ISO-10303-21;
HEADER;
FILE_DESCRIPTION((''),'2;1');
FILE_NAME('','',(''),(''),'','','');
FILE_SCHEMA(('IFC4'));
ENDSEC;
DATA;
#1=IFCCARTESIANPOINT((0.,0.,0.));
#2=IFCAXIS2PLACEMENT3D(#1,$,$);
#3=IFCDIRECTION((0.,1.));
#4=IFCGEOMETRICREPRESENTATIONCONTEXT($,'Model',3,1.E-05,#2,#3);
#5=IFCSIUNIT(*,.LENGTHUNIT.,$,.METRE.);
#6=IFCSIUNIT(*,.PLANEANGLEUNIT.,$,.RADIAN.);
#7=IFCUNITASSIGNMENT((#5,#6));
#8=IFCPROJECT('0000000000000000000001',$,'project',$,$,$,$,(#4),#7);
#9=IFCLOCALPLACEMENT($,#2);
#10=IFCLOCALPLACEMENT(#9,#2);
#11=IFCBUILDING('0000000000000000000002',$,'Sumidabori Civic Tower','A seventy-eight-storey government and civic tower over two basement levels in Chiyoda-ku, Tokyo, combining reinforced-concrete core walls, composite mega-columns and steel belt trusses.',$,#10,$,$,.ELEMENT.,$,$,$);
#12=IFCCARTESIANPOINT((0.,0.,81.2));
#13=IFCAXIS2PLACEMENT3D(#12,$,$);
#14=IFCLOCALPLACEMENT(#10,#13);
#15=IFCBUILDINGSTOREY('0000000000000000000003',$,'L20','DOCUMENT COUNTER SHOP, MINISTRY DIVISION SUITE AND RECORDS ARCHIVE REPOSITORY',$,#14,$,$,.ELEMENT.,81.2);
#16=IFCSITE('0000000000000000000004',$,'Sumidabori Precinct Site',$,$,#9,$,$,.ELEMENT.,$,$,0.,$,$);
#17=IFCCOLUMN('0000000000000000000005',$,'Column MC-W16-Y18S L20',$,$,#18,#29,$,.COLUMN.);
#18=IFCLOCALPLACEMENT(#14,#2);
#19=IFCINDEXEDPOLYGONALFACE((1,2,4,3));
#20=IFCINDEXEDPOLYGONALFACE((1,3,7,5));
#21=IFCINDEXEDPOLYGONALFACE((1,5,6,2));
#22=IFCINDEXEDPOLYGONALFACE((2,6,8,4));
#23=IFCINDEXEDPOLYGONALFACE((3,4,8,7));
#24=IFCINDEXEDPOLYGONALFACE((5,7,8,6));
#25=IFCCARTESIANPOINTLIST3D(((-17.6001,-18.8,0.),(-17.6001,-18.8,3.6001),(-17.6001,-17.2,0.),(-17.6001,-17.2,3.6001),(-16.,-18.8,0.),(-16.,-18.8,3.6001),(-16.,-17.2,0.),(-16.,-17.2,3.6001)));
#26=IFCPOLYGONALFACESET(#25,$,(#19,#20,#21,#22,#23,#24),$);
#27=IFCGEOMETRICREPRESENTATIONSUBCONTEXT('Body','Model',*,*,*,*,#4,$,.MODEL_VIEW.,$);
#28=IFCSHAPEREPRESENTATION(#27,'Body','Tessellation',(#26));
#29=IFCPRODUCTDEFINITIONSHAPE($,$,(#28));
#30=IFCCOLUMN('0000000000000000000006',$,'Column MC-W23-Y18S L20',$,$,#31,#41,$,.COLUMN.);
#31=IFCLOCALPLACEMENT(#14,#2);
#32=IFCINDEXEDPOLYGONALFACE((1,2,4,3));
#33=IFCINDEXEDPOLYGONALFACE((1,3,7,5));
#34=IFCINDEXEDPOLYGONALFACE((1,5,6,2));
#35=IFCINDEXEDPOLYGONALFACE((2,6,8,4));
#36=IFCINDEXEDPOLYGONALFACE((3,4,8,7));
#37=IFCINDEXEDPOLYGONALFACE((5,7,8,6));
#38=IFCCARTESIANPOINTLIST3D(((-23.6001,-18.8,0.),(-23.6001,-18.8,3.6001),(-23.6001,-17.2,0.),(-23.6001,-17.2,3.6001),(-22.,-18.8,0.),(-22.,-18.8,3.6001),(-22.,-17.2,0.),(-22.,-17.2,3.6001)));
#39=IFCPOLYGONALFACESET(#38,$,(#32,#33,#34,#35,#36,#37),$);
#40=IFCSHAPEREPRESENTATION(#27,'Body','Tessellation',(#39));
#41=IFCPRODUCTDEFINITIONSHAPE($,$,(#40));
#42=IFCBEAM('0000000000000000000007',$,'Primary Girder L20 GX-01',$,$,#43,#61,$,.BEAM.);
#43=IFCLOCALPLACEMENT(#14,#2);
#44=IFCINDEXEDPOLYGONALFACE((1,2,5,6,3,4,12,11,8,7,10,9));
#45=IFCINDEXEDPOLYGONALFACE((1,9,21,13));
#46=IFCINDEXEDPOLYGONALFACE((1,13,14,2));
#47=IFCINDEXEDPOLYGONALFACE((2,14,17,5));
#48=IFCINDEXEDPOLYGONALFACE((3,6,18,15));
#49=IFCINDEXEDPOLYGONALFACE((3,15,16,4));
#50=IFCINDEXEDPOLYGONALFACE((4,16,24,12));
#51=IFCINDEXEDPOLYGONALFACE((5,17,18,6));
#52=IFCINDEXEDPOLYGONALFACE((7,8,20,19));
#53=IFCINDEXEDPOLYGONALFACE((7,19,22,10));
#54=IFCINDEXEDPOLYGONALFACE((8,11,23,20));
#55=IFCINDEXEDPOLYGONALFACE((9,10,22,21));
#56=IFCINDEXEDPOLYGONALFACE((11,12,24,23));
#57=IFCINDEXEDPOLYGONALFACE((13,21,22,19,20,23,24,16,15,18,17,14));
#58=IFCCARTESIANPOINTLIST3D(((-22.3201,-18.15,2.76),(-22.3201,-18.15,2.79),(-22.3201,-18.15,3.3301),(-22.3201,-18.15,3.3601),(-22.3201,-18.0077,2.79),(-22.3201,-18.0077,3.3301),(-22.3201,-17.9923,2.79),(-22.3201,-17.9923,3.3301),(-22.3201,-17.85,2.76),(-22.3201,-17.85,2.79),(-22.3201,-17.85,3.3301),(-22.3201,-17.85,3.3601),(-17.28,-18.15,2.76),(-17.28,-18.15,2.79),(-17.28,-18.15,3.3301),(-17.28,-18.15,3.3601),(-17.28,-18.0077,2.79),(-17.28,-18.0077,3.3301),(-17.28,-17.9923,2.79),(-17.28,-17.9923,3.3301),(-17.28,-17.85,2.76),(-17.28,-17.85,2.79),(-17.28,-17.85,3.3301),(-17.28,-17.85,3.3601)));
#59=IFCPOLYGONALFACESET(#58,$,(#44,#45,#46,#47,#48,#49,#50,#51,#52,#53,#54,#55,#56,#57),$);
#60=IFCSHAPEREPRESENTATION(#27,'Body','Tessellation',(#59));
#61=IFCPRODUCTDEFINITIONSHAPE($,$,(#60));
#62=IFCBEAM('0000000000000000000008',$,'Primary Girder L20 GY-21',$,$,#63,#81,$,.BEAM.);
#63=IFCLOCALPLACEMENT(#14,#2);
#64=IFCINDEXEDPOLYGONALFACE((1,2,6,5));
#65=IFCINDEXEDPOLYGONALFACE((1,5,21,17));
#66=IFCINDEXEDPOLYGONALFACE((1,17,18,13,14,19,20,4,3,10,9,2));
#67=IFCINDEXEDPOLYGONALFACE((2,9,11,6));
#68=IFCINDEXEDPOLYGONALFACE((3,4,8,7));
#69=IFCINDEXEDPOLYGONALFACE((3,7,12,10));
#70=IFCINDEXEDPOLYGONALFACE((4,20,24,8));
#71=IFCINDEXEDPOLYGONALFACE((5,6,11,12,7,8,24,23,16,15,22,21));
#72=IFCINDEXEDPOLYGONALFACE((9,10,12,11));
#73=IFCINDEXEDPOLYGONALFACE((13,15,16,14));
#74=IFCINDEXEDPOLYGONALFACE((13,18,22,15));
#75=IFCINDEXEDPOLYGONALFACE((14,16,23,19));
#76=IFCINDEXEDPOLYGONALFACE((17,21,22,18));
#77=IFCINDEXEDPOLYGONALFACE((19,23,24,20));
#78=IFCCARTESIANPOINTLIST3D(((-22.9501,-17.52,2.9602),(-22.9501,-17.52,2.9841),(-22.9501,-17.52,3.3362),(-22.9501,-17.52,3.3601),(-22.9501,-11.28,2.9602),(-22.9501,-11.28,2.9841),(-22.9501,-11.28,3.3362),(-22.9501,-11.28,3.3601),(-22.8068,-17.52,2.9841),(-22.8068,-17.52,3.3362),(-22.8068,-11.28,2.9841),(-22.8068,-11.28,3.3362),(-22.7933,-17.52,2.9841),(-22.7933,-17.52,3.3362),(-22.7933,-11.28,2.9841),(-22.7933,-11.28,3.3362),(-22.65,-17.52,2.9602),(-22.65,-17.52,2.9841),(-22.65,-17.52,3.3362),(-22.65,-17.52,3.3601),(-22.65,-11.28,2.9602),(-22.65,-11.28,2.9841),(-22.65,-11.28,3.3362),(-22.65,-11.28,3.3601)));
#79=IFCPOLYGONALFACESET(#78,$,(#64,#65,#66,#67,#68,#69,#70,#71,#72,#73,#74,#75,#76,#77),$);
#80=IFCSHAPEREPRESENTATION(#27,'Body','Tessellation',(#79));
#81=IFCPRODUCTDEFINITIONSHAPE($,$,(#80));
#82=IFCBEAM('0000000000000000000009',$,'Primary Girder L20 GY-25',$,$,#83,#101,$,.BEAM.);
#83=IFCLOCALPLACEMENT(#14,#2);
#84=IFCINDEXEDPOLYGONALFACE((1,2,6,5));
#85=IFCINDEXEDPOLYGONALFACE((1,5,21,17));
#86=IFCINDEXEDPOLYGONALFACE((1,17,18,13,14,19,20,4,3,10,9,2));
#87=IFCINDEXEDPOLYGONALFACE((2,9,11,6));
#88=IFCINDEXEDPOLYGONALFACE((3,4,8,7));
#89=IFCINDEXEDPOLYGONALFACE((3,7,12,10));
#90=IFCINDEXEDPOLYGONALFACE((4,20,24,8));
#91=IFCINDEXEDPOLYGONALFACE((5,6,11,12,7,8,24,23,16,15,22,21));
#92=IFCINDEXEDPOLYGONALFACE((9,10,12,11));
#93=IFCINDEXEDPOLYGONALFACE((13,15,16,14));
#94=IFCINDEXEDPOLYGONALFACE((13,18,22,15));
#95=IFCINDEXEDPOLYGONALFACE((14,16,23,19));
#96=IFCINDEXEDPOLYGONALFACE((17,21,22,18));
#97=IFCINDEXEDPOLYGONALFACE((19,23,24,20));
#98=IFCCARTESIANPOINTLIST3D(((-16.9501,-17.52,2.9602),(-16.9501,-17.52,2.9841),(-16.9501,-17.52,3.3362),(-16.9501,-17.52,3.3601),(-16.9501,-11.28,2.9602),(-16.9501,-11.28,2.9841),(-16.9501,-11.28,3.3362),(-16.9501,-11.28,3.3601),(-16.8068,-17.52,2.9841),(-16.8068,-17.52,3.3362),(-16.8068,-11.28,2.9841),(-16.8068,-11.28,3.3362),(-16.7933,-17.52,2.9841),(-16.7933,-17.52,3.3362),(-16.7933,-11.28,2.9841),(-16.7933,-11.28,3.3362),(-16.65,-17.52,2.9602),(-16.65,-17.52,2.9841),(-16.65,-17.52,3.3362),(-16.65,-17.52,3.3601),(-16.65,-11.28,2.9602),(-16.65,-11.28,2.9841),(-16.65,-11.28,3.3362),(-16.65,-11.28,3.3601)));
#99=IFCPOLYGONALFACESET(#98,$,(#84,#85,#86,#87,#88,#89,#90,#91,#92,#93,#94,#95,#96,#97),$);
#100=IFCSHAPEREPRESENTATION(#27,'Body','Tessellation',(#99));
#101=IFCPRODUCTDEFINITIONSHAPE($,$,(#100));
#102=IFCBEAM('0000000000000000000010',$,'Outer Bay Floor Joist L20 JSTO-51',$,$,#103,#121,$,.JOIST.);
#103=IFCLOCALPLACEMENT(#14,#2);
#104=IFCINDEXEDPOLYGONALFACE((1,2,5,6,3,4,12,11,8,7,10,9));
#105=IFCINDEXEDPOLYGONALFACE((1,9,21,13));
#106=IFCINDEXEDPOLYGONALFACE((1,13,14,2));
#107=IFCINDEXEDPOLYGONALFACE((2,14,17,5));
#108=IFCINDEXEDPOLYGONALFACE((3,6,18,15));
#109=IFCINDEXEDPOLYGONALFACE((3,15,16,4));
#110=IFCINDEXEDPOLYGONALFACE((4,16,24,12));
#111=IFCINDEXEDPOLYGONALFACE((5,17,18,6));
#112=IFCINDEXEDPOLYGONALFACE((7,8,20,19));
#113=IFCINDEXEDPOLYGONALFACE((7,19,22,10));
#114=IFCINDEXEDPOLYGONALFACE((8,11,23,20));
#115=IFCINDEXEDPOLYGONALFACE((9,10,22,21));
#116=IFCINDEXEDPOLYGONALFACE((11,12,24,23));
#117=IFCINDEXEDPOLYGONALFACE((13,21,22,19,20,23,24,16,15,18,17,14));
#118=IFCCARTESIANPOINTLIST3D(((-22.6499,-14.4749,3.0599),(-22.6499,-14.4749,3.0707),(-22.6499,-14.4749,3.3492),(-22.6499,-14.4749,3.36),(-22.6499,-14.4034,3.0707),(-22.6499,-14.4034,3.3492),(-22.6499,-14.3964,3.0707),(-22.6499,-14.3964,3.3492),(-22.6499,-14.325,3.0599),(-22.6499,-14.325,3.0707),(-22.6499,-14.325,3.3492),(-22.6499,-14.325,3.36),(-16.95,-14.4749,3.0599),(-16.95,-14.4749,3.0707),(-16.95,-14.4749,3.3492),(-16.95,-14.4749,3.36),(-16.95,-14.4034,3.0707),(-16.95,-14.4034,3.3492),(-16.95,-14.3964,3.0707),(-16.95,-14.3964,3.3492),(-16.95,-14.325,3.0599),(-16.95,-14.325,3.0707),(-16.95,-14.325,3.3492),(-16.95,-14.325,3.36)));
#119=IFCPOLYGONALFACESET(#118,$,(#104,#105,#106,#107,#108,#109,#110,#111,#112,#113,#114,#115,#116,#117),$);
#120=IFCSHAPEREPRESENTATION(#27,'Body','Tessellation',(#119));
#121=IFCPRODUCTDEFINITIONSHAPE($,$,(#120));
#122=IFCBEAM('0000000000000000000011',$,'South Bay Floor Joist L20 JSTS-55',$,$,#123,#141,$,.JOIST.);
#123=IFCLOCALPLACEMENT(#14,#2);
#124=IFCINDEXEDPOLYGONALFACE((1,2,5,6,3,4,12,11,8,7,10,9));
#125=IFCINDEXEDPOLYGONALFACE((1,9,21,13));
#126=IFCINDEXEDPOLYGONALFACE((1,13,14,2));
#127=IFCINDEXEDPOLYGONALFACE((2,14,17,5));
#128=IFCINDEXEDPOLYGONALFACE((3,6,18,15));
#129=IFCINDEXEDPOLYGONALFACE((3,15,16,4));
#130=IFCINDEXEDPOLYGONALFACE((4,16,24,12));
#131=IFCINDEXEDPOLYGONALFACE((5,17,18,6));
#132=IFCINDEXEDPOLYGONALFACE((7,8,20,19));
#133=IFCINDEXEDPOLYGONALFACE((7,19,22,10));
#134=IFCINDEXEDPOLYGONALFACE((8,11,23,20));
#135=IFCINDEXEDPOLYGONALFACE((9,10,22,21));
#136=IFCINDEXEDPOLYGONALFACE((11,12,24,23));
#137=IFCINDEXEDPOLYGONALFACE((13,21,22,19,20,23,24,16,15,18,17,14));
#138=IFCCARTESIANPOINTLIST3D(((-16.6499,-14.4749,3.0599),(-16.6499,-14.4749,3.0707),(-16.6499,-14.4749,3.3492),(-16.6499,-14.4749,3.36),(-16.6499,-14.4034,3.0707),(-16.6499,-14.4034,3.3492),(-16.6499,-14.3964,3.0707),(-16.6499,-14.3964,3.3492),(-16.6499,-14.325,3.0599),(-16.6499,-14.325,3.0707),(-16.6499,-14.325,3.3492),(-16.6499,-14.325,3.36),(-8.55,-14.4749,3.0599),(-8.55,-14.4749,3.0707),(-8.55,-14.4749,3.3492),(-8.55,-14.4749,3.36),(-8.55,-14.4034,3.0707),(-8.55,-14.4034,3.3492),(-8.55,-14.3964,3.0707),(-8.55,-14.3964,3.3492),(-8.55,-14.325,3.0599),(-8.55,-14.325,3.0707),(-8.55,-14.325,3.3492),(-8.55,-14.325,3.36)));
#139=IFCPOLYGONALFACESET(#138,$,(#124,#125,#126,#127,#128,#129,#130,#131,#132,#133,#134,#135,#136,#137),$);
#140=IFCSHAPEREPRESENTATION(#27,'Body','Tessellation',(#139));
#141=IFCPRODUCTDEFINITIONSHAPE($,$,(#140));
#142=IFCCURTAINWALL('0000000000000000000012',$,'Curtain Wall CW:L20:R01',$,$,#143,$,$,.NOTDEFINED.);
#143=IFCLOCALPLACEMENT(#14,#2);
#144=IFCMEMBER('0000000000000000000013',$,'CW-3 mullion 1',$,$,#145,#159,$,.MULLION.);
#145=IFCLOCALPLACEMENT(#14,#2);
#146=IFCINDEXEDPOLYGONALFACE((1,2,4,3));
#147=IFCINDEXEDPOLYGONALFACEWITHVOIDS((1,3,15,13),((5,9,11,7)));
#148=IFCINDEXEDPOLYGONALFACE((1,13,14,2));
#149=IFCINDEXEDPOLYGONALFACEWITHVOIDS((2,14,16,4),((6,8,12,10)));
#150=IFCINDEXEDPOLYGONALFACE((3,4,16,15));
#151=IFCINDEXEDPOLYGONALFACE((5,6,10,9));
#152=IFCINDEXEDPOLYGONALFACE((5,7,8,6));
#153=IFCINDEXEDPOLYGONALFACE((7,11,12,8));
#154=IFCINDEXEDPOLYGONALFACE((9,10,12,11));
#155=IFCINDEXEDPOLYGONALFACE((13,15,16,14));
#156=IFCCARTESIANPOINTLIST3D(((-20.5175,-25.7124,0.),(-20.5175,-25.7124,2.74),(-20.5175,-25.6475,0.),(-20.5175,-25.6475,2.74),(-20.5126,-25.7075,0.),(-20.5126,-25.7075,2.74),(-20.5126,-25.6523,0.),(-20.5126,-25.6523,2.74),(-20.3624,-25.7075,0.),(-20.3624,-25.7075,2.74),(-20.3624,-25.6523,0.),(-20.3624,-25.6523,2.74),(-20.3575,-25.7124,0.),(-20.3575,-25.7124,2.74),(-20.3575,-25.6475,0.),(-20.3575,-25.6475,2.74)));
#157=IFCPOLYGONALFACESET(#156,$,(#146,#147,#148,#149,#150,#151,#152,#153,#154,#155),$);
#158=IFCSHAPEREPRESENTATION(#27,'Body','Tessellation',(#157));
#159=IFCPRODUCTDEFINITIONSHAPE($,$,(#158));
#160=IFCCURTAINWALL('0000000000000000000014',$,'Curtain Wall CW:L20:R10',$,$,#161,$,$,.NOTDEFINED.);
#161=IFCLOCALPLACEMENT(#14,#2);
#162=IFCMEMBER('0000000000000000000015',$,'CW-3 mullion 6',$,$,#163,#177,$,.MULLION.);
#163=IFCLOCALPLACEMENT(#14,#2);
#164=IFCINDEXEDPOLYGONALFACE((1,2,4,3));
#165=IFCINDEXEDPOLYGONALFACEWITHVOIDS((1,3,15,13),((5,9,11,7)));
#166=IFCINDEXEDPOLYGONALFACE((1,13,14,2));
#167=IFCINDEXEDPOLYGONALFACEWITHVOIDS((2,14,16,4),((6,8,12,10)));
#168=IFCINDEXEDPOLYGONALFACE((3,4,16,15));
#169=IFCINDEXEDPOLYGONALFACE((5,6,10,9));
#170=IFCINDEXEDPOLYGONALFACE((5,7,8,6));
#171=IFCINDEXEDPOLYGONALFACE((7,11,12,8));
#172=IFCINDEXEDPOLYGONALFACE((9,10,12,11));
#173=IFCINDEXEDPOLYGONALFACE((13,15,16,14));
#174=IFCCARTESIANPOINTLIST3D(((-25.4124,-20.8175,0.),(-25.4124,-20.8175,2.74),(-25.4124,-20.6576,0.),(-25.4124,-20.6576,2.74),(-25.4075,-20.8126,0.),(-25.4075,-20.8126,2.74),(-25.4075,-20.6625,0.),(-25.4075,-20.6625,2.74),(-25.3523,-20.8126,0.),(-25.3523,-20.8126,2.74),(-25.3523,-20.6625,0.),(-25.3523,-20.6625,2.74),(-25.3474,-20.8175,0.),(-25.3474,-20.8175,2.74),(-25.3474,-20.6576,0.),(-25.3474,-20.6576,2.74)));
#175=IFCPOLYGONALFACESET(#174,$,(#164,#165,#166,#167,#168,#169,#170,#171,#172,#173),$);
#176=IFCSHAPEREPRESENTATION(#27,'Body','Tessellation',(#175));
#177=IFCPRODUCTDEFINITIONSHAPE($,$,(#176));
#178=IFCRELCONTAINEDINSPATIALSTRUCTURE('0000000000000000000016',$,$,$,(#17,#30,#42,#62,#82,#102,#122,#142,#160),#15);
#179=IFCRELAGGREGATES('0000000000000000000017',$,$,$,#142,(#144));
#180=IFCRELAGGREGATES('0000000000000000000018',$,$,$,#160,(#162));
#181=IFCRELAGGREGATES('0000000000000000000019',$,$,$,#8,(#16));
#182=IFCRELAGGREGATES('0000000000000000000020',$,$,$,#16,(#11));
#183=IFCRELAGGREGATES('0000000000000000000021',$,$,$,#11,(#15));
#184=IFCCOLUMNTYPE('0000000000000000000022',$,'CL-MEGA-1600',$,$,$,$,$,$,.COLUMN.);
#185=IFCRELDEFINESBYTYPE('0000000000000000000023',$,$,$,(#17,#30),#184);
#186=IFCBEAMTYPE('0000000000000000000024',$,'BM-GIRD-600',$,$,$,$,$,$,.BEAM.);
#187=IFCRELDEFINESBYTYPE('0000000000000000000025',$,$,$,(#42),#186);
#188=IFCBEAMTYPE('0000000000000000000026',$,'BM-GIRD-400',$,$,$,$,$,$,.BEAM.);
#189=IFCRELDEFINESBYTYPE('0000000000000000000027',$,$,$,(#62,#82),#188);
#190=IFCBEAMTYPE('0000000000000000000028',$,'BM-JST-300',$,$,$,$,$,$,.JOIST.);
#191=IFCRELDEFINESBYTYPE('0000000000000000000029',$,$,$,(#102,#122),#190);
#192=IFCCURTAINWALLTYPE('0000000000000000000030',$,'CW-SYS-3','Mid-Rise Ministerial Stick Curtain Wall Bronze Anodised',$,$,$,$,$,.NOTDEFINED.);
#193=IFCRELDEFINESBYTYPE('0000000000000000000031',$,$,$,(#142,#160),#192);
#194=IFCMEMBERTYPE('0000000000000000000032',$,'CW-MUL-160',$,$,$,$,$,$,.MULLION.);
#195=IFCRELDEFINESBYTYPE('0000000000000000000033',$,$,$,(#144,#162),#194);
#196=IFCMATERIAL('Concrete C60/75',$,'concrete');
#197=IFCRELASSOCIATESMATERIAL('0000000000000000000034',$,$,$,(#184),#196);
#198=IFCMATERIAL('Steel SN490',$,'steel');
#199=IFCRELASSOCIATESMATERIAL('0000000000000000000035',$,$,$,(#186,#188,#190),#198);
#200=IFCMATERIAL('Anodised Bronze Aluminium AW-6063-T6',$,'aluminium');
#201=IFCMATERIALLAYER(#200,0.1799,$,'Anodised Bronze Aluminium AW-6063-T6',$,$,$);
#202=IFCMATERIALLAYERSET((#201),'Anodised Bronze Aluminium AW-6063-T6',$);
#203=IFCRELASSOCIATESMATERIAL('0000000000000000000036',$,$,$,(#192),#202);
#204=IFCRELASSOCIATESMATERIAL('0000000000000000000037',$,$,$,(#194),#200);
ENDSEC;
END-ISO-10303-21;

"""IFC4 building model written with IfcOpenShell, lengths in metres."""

from ifc_helpers import new_model, si_unit, direction, frame, origin, origin_2d, place, context, subcontext, project, spatial, rectangle, hollow_rectangle, i_section, extrude, source, transform, mapped, material, layer, layer_set, material_profile, profile_set, type_object, element, aggregate, save


model = new_model("IFC4")

# Units and contexts
model_context = context("Model", 3, precision=1e-05, world=origin(), true_north=direction((0.0, 1.0)))
body_context = subcontext(model_context, "Body", "Model", "MODEL_VIEW")
ifc_project = project(units=[si_unit("LENGTHUNIT", "METRE"), si_unit("PLANEANGLEUNIT", "RADIAN")], contexts=[model_context])

# Site, building, storey
site_placement = place(None, origin())
site = spatial("IfcSite", under=ifc_project, at=site_placement, Name="Sumidabori Precinct Site", CompositionType="ELEMENT", RefElevation=0.0)
building_placement = place(site_placement, origin())
building = spatial("IfcBuilding", under=site, at=building_placement, Name="Sumidabori Civic Tower", Description="A seventy-eight-storey government and civic tower over two basement levels in Chiyoda-ku, Tokyo, combining reinforced-concrete core walls, composite mega-columns and steel belt trusses.", CompositionType="ELEMENT")
storey_placement = place(building_placement, frame((0.0, 0.0, 81.2)))
storey = spatial("IfcBuildingStorey", under=building, at=storey_placement, Name="L20", Description="DOCUMENT COUNTER SHOP, MINISTRY DIVISION SUITE AND RECORDS ARCHIVE REPOSITORY", CompositionType="ELEMENT", Elevation=81.2)

# Columns
ifc_material_1 = material(Name="Concrete C60/75", Category="concrete")
ifc_material_profile_1 = material_profile(ifc_material_1, rectangle(XDim=1.6001, YDim=1.6001, at=origin_2d()), Name="RC 1600x1600")
ifc_profile_set_1 = profile_set([ifc_material_profile_1], Name="Concrete C60/75")
column_type = type_object("IfcColumnType", Name="CL-MEGA-1600", PredefinedType="COLUMN", material=ifc_profile_set_1)
shared_shape_1 = source(origin(), body_context, "Body", "SweptSolid", [
    extrude(rectangle(XDim=1.6001, YDim=1.6001, at=origin_2d()), origin(), (0.0, 0.0, 1.0), 3.6001),
])
for number, where, z_axis, x_axis, name in (
    (1, (-16.8, -18.0, 0.0), (0.0, 0.0, 1.0), (1.0, 0.0, 0.0), "Column MC-W16-Y18S L20"),
    (2, (-22.8, -18.0, 0.0), (0.0, 0.0, 1.0), (1.0, 0.0, 0.0), "Column MC-W23-Y18S L20"),
):
    element("IfcColumn", number, at=place(storey_placement, frame(where, z_axis=z_axis, x_axis=x_axis)), inside=storey, type_object=column_type, Name=name, PredefinedType="COLUMN", context=body_context, shape_type="MappedRepresentation", body=[
        mapped(shared_shape_1, transform((0.0, 0.0, 0.0), x_axis=(1.0, 0.0, 0.0), y_axis=(0.0, 1.0, 0.0), z_axis=(0.0, 0.0, 1.0), scale=1.0)),
    ])

# Beams
ifc_material_2 = material(Name="Steel SN490", Category="steel")
ifc_material_profile_2 = material_profile(ifc_material_2, i_section(OverallWidth=0.3, OverallDepth=0.6001, WebThickness=0.0154, FlangeThickness=0.03, at=origin_2d()), Name="HE 600 B")
ifc_profile_set_2 = profile_set([ifc_material_profile_2], Name="Steel SN490")
beam_type_1 = type_object("IfcBeamType", Name="BM-GIRD-600", PredefinedType="BEAM", material=ifc_profile_set_2)
shared_shape_2 = source(origin(), body_context, "Body", "SweptSolid", [
    extrude(i_section(OverallWidth=0.3, OverallDepth=0.6001, WebThickness=0.0154, FlangeThickness=0.03, at=origin_2d()), origin(), (0.0, 0.0, 1.0), 5.04),
])
beam_1_placement = place(storey_placement, frame((-22.3201, -18.0, 3.0601), z_axis=(1.0, 0.0, 0.0), x_axis=(0.0, 1.0, 0.0)))
element("IfcBeam", 3, at=beam_1_placement, inside=storey, type_object=beam_type_1, Name="Primary Girder L20 GX-01", PredefinedType="BEAM", context=body_context, shape_type="MappedRepresentation", body=[
    mapped(shared_shape_2, transform((0.0, 0.0, 0.0), x_axis=(1.0, 0.0, 0.0), y_axis=(0.0, 1.0, 0.0), z_axis=(0.0, 0.0, 1.0), scale=1.0)),
])
ifc_material_profile_3 = material_profile(ifc_material_2, i_section(OverallWidth=0.3, OverallDepth=0.3999, WebThickness=0.0134, FlangeThickness=0.0239, at=origin_2d()), Name="HE 400 B")
ifc_profile_set_3 = profile_set([ifc_material_profile_3], Name="Steel SN490")
beam_type_2 = type_object("IfcBeamType", Name="BM-GIRD-400", PredefinedType="BEAM", material=ifc_profile_set_3)
shared_shape_3 = source(origin(), body_context, "Body", "SweptSolid", [
    extrude(i_section(OverallWidth=0.3, OverallDepth=0.3999, WebThickness=0.0134, FlangeThickness=0.0239, at=origin_2d()), origin(), (0.0, 0.0, 1.0), 6.24),
])
for number, where, z_axis, x_axis, name in (
    (4, (-22.8, -17.52, 3.1602), (0.0, 1.0, 0.0), (-1.0, 0.0, 0.0), "Primary Girder L20 GY-21"),
    (5, (-16.8, -17.52, 3.1602), (0.0, 1.0, 0.0), (-1.0, 0.0, 0.0), "Primary Girder L20 GY-25"),
):
    element("IfcBeam", number, at=place(storey_placement, frame(where, z_axis=z_axis, x_axis=x_axis)), inside=storey, type_object=beam_type_2, Name=name, PredefinedType="BEAM", context=body_context, shape_type="MappedRepresentation", body=[
        mapped(shared_shape_3, transform((0.0, 0.0, 0.0), x_axis=(1.0, 0.0, 0.0), y_axis=(0.0, 1.0, 0.0), z_axis=(0.0, 0.0, 1.0), scale=1.0)),
    ])
ifc_material_profile_4 = material_profile(ifc_material_2, i_section(OverallWidth=0.1499, OverallDepth=0.3, WebThickness=0.0071, FlangeThickness=0.0107, at=origin_2d()), Name="IPE 300")
ifc_profile_set_4 = profile_set([ifc_material_profile_4], Name="Steel SN490")
beam_type_3 = type_object("IfcBeamType", Name="BM-JST-300", PredefinedType="JOIST", material=ifc_profile_set_4)
shared_shape_4 = source(origin(), body_context, "Body", "SweptSolid", [
    extrude(i_section(OverallWidth=0.1499, OverallDepth=0.3, WebThickness=0.0071, FlangeThickness=0.0107, at=origin_2d()), origin(), (0.0, 0.0, 1.0), 5.7),
])
beam_2_placement = place(storey_placement, frame((-22.6499, -14.3999, 3.21), z_axis=(1.0, 0.0, 0.0), x_axis=(0.0, 1.0, 0.0)))
element("IfcBeam", 6, at=beam_2_placement, inside=storey, type_object=beam_type_3, Name="Outer Bay Floor Joist L20 JSTO-51", PredefinedType="JOIST", context=body_context, shape_type="MappedRepresentation", body=[
    mapped(shared_shape_4, transform((0.0, 0.0, 0.0), x_axis=(1.0, 0.0, 0.0), y_axis=(0.0, 1.0, 0.0), z_axis=(0.0, 0.0, 1.0), scale=1.0)),
])
shared_shape_5 = source(origin(), body_context, "Body", "SweptSolid", [
    extrude(i_section(OverallWidth=0.1499, OverallDepth=0.3, WebThickness=0.0071, FlangeThickness=0.0107, at=origin_2d()), origin(), (0.0, 0.0, 1.0), 8.0999),
])
beam_3_placement = place(storey_placement, frame((-16.6499, -14.3999, 3.21), z_axis=(1.0, 0.0, 0.0), x_axis=(0.0, 1.0, 0.0)))
element("IfcBeam", 7, at=beam_3_placement, inside=storey, type_object=beam_type_3, Name="South Bay Floor Joist L20 JSTS-55", PredefinedType="JOIST", context=body_context, shape_type="MappedRepresentation", body=[
    mapped(shared_shape_5, transform((0.0, 0.0, 0.0), x_axis=(1.0, 0.0, 0.0), y_axis=(0.0, 1.0, 0.0), z_axis=(0.0, 0.0, 1.0), scale=1.0)),
])

# Curtain walls, members
ifc_material_3 = material(Name="Anodised Bronze Aluminium AW-6063-T6", Category="aluminium")
ifc_layer_1 = layer(ifc_material_3, 0.1799, Name="Anodised Bronze Aluminium AW-6063-T6")
ifc_layer_set_1 = layer_set([ifc_layer_1], Name="Anodised Bronze Aluminium AW-6063-T6")
curtain_wall_type = type_object("IfcCurtainWallType", Name="CW-SYS-3", Description="Mid-Rise Ministerial Stick Curtain Wall Bronze Anodised", PredefinedType="NOTDEFINED", material=ifc_layer_set_1)
curtain_wall_1_placement = place(storey_placement, origin())
curtain_wall_1 = element("IfcCurtainWall", 8, at=curtain_wall_1_placement, inside=storey, type_object=curtain_wall_type, Name="Curtain Wall CW:L20:R01", PredefinedType="NOTDEFINED")
ifc_material_profile_5 = material_profile(ifc_material_3, hollow_rectangle(XDim=0.0649, YDim=0.1599, WallThickness=0.0049, at=origin_2d()), Name="ALU MULLION 160x65")
ifc_profile_set_5 = profile_set([ifc_material_profile_5], Name="Anodised Bronze Aluminium AW-6063-T6")
member_type_1 = type_object("IfcMemberType", Name="CW-MUL-160", PredefinedType="MULLION", material=ifc_profile_set_5)
shared_shape_6 = source(origin(), body_context, "Body", "SweptSolid", [
    extrude(hollow_rectangle(XDim=0.0649, YDim=0.1599, WallThickness=0.0049, at=origin_2d()), origin(), (0.0, 0.0, 1.0), 2.74),
])
member_1_placement = place(storey_placement, frame((-20.4375, -25.6799, 0.0), z_axis=(0.0, 0.0, 1.0), x_axis=(0.0, 1.0, 0.0)))
member_1 = element("IfcMember", 9, at=member_1_placement, type_object=member_type_1, Name="CW-3 mullion 1", PredefinedType="MULLION", context=body_context, shape_type="MappedRepresentation", body=[
    mapped(shared_shape_6, transform((0.0, 0.0, 0.0), x_axis=(1.0, 0.0, 0.0), y_axis=(0.0, 1.0, 0.0), z_axis=(0.0, 0.0, 1.0), scale=1.0)),
])
curtain_wall_2_placement = place(storey_placement, origin())
curtain_wall_2 = element("IfcCurtainWall", 10, at=curtain_wall_2_placement, inside=storey, type_object=curtain_wall_type, Name="Curtain Wall CW:L20:R10", PredefinedType="NOTDEFINED")
member_2_placement = place(storey_placement, frame((-25.3799, -20.7375, 0.0), z_axis=(0.0, 0.0, 1.0), x_axis=(1.0, 0.0, 0.0)))
member_2 = element("IfcMember", 11, at=member_2_placement, type_object=member_type_1, Name="CW-3 mullion 6", PredefinedType="MULLION", context=body_context, shape_type="MappedRepresentation", body=[
    mapped(shared_shape_6, transform((0.0, 0.0, 0.0), x_axis=(1.0, 0.0, 0.0), y_axis=(0.0, 1.0, 0.0), z_axis=(0.0, 0.0, 1.0), scale=1.0)),
])

aggregate(curtain_wall_1, [member_1])
aggregate(curtain_wall_2, [member_2])

save(model, "model.ifc")
